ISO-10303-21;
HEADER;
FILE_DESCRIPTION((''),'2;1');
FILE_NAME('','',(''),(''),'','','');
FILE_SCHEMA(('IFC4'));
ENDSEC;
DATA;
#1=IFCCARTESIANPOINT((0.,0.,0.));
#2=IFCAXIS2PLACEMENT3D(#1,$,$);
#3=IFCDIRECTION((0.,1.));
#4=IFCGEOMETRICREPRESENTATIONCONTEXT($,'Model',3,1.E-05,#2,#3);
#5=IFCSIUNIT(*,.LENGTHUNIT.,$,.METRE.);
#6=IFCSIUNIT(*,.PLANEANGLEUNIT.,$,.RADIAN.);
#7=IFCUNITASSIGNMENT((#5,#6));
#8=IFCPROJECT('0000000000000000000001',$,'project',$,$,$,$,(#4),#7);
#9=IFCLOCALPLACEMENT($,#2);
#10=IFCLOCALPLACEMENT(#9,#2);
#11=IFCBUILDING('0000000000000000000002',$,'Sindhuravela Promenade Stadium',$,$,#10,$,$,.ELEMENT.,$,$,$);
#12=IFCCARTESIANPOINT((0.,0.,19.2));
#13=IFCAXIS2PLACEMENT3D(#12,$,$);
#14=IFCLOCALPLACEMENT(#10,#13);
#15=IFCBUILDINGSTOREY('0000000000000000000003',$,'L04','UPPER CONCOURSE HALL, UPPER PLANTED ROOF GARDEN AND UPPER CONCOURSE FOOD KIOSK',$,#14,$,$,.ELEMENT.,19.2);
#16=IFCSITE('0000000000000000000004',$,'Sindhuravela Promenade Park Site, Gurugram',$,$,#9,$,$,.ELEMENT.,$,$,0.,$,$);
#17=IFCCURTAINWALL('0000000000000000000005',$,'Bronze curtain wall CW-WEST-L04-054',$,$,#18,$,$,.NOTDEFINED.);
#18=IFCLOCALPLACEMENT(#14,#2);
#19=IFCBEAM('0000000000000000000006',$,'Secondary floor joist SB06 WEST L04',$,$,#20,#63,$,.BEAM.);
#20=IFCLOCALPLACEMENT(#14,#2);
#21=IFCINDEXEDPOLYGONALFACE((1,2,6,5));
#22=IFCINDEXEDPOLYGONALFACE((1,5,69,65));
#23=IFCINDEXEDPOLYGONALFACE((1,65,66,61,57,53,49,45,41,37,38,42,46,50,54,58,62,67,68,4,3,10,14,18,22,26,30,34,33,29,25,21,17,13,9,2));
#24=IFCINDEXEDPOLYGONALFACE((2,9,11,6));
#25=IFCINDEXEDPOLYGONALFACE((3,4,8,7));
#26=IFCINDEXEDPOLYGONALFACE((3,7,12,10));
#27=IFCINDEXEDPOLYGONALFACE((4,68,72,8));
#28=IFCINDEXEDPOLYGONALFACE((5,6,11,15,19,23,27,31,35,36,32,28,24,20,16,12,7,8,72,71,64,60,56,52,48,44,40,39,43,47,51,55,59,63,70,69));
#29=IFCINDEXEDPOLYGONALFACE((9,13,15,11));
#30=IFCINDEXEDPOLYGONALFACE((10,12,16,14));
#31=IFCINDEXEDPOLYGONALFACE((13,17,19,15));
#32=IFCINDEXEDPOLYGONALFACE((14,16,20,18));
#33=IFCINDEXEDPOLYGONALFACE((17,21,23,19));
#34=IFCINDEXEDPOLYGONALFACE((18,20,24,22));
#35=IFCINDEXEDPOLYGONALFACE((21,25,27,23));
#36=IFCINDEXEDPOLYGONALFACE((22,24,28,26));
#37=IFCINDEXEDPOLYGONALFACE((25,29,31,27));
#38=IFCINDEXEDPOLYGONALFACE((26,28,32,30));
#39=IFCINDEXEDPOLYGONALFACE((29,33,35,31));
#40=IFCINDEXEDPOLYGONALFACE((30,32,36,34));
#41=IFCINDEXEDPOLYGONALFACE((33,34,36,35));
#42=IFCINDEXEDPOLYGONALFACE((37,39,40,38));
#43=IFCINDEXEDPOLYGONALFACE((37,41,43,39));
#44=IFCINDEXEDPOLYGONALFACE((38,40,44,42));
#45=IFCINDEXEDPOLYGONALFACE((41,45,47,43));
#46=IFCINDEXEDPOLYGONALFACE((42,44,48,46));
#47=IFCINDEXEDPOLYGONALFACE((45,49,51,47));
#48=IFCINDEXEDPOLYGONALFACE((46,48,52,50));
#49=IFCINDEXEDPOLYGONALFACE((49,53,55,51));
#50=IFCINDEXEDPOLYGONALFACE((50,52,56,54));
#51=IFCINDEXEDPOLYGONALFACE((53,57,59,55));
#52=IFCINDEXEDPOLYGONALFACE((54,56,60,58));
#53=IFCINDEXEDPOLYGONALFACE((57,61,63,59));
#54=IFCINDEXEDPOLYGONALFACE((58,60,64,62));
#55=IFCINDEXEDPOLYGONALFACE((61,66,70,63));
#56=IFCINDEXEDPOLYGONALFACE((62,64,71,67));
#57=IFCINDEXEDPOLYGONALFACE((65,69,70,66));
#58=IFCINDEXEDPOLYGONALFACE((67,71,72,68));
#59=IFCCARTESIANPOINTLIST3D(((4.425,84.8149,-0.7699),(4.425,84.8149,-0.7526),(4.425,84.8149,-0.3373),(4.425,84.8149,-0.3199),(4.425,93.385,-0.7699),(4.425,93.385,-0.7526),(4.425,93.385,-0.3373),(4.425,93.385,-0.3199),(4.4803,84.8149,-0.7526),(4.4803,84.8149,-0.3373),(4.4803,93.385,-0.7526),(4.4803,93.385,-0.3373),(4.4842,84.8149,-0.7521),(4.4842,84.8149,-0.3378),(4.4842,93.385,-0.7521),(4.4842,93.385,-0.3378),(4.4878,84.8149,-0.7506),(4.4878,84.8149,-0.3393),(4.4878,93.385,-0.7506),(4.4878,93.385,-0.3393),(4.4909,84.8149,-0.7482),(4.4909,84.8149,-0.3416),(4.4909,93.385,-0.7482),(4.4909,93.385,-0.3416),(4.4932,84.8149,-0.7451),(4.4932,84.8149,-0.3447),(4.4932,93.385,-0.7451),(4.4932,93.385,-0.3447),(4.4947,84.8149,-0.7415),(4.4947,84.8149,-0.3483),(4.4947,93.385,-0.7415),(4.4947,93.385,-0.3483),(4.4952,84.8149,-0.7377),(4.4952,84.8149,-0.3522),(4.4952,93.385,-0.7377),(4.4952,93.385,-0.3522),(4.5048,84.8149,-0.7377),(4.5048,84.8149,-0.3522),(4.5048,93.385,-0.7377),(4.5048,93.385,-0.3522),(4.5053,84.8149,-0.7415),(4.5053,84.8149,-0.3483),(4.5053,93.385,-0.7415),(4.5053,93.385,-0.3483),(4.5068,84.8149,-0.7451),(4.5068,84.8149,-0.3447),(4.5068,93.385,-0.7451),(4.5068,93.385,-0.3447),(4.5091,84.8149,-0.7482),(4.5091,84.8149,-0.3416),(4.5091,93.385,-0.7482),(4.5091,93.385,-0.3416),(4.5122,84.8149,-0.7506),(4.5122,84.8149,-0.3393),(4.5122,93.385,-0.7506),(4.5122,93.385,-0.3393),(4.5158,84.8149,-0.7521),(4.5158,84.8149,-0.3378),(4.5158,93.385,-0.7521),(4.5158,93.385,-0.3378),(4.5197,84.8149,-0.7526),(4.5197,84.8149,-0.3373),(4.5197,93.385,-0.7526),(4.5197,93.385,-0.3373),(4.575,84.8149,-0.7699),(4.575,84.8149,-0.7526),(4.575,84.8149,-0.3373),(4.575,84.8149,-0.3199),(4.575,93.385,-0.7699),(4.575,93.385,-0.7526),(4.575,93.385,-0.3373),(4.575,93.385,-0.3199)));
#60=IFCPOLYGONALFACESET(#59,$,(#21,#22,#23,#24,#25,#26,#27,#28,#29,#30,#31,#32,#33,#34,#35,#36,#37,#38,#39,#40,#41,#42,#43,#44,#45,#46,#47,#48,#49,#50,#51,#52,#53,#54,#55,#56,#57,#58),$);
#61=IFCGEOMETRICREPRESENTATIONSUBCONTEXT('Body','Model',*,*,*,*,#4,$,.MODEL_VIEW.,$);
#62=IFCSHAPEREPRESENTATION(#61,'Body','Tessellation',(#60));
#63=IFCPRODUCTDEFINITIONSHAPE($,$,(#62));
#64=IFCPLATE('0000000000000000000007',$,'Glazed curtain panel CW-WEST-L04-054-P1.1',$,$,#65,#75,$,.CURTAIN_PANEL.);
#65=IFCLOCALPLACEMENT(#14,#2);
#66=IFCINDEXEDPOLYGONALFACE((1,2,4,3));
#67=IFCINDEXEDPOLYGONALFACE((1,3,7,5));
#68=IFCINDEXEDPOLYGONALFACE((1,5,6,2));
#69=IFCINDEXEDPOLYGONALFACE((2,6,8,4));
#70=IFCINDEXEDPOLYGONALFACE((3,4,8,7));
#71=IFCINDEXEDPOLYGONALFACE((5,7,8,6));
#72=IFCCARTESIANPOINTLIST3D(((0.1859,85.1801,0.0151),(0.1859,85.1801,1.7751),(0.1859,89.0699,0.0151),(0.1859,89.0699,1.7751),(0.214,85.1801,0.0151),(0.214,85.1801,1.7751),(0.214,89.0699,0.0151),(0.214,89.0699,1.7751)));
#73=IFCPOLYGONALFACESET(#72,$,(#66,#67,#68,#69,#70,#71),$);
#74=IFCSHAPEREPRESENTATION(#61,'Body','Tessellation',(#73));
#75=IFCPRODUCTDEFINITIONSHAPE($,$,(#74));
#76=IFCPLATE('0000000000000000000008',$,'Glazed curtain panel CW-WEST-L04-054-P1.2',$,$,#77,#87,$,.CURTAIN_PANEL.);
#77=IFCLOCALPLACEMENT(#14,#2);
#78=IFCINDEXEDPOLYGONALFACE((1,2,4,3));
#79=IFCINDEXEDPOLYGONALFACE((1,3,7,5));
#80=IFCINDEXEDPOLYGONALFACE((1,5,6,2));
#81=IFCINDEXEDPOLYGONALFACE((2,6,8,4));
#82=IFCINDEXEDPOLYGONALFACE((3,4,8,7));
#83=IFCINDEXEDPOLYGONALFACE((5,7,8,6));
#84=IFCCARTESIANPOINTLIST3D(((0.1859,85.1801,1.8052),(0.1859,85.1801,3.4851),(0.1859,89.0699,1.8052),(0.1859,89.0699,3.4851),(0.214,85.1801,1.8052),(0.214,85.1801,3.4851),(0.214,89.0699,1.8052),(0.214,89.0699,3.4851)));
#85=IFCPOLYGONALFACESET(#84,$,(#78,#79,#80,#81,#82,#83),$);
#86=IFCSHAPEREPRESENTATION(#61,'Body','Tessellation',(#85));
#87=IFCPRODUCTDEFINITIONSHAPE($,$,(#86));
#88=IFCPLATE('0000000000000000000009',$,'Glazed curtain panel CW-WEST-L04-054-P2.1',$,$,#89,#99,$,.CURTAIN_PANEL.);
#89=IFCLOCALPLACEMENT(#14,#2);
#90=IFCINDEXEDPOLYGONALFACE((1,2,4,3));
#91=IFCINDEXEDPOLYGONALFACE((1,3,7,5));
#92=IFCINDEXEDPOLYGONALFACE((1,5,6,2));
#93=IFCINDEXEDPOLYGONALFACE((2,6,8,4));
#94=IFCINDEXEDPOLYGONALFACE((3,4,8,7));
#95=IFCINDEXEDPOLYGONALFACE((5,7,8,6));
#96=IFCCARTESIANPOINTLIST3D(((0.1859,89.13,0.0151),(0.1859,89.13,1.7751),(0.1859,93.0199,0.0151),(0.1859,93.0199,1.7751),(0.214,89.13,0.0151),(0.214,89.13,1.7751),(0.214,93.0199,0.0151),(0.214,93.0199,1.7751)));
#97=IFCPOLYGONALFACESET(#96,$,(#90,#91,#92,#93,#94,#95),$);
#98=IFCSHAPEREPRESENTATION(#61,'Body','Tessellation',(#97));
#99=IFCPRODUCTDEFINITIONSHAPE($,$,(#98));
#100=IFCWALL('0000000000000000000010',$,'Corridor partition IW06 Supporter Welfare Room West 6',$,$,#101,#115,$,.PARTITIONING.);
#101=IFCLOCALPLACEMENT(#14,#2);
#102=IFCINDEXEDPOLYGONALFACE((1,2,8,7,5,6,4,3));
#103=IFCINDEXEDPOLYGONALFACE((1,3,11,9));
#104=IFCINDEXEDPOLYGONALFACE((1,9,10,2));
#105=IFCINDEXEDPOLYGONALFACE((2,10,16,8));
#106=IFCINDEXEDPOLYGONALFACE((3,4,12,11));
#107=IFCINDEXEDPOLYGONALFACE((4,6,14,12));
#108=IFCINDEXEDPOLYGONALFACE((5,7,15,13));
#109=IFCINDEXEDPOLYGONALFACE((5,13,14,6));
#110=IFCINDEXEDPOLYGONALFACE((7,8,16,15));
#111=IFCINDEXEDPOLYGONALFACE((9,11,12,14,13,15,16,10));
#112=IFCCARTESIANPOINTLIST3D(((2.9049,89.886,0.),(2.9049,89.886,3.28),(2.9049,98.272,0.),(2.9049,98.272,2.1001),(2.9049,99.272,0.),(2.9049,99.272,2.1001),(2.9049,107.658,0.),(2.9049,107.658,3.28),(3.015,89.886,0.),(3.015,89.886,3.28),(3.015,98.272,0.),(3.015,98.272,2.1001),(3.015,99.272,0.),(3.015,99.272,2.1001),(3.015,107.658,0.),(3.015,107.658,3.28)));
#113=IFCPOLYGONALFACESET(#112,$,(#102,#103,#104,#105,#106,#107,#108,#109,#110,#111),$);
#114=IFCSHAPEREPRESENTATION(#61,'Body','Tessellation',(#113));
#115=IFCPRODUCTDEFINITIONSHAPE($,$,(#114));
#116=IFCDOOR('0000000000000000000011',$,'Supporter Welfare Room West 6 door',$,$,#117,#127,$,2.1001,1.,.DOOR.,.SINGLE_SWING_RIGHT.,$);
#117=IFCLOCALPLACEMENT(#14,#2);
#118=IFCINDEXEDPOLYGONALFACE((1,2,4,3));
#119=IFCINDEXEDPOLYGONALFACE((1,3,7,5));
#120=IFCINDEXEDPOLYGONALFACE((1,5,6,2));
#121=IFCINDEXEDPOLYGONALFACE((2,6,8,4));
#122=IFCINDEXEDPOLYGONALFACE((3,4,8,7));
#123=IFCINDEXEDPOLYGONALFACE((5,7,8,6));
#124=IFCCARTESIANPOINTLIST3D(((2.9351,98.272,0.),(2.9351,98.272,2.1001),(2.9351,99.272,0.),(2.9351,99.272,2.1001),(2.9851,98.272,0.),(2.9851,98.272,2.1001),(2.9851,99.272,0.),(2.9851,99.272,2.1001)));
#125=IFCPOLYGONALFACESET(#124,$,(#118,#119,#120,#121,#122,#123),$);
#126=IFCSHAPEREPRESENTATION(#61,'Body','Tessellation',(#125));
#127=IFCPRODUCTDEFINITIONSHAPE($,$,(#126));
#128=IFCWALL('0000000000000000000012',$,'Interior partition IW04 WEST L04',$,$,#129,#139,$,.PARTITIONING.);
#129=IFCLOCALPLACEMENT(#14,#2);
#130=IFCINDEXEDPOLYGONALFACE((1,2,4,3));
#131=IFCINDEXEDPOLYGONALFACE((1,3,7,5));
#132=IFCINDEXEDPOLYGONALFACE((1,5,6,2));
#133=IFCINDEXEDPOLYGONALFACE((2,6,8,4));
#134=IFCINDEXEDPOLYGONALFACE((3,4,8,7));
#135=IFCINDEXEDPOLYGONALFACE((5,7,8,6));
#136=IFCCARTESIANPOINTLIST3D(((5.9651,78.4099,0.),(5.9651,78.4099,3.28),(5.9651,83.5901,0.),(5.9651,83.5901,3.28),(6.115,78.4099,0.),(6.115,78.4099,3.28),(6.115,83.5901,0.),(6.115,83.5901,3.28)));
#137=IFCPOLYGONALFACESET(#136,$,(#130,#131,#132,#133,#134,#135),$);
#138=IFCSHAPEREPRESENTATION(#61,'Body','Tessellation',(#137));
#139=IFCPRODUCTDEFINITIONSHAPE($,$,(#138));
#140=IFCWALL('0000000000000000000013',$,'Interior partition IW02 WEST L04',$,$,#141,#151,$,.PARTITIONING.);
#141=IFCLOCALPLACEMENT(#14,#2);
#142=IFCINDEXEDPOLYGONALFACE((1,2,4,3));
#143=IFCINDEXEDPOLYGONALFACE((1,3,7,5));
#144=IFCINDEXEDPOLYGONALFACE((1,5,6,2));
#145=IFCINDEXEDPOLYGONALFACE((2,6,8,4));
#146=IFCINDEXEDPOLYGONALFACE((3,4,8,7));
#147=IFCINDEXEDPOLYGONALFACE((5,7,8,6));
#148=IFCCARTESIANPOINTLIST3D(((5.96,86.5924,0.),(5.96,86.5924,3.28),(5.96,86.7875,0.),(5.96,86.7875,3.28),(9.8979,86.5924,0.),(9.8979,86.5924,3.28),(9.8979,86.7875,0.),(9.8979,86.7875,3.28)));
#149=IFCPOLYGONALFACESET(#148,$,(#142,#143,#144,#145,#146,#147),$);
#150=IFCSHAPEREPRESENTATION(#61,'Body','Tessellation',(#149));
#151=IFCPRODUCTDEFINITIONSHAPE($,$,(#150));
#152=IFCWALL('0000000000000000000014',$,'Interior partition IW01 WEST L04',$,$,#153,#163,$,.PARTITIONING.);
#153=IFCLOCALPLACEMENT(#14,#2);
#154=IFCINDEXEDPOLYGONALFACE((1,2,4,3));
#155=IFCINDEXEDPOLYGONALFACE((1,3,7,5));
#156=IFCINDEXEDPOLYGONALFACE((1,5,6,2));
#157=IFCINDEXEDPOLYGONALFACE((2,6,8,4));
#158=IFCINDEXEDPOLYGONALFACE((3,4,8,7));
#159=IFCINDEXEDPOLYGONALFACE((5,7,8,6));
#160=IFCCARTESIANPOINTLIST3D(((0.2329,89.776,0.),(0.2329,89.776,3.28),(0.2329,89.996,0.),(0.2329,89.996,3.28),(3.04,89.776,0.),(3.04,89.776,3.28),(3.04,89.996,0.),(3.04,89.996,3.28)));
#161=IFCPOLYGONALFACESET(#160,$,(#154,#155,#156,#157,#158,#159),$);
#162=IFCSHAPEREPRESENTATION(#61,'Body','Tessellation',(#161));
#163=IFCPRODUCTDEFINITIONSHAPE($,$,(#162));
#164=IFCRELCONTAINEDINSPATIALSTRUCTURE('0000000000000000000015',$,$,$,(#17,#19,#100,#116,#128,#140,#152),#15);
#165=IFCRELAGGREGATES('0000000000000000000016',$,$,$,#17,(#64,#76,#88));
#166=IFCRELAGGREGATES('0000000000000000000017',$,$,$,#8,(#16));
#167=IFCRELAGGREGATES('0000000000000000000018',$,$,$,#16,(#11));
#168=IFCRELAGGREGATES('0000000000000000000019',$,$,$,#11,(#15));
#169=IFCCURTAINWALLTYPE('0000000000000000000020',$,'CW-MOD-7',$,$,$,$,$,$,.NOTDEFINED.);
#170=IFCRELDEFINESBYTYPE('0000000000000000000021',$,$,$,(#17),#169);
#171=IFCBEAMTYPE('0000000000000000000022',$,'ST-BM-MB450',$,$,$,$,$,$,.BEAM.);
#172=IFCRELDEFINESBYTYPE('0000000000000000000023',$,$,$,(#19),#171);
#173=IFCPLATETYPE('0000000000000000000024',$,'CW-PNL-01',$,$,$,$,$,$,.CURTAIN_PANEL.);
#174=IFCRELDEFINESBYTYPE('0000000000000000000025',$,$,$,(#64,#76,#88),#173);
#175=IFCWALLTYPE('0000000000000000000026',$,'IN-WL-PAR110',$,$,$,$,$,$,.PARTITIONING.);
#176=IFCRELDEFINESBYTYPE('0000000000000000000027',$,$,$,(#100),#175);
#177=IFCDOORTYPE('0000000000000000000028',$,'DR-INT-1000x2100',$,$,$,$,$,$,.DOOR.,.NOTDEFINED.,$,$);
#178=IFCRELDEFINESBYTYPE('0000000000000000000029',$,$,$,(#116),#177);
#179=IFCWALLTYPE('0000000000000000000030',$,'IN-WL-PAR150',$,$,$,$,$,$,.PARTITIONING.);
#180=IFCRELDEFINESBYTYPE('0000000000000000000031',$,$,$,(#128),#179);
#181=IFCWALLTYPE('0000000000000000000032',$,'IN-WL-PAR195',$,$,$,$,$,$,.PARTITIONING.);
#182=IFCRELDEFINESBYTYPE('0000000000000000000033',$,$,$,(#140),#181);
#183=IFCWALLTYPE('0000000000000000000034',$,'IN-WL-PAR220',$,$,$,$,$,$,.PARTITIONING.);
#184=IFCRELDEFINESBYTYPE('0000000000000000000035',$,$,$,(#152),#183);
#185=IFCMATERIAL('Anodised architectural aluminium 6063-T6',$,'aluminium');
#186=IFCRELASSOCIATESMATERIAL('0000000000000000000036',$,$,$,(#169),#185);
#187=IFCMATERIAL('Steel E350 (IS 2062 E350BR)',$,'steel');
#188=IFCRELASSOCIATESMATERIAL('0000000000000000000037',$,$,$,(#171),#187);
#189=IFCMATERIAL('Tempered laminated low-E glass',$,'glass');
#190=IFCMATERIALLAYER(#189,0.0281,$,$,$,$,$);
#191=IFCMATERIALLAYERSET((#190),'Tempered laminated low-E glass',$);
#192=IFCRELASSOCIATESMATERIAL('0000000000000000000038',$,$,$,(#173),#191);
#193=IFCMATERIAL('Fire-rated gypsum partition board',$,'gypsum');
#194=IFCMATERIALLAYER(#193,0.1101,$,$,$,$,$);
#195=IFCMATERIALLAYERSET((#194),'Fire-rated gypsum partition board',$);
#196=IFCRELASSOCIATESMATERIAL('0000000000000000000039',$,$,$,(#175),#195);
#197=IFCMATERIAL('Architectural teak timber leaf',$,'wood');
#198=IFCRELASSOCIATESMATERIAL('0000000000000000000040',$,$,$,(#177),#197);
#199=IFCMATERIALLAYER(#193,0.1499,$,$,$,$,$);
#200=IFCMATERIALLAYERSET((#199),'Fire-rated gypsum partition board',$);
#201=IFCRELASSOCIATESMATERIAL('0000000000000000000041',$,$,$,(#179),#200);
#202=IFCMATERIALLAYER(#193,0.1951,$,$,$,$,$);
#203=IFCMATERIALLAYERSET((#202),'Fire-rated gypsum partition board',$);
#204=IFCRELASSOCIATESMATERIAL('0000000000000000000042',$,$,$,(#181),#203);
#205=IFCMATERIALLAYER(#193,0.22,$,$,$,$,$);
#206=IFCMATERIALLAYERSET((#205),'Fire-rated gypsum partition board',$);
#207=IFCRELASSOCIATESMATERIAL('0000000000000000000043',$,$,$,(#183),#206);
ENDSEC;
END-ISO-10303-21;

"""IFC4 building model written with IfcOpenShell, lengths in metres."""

from ifc_helpers import new_model, si_unit, direction, frame, frame_2d, origin, origin_2d, place, context, subcontext, project, spatial, rectangle, i_section, extrude, material, layer, layer_set, material_profile, profile_set, type_object, element, fill, aggregate, save


model = new_model("IFC4")

# Units and contexts
model_context = context("Model", 3, precision=1e-05, world=origin(), true_north=direction((0.0, 1.0)))
body_context = subcontext(model_context, "Body", "Model", "MODEL_VIEW")
ifc_project = project(units=[si_unit("LENGTHUNIT", "METRE"), si_unit("PLANEANGLEUNIT", "RADIAN")], contexts=[model_context])

# Site, building, storey
site_placement = place(None, origin())
site = spatial("IfcSite", under=ifc_project, at=site_placement, Name="Sindhuravela Promenade Park Site, Gurugram", CompositionType="ELEMENT", RefElevation=0.0)
building_placement = place(site_placement, origin())
building = spatial("IfcBuilding", under=site, at=building_placement, Name="Sindhuravela Promenade Stadium", CompositionType="ELEMENT")
storey_placement = place(building_placement, frame((0.0, 0.0, 19.2)))
storey = spatial("IfcBuildingStorey", under=building, at=storey_placement, Name="L04", Description="UPPER CONCOURSE HALL, UPPER PLANTED ROOF GARDEN AND UPPER CONCOURSE FOOD KIOSK", CompositionType="ELEMENT", Elevation=19.2)

# Curtain wall
ifc_material_1 = material(Name="Anodised architectural aluminium 6063-T6", Category="aluminium")
curtain_wall_type = type_object("IfcCurtainWallType", Name="CW-MOD-7", PredefinedType="NOTDEFINED", material=ifc_material_1)
curtain_wall_placement = place(storey_placement, origin())
curtain_wall = element("IfcCurtainWall", 1, at=curtain_wall_placement, inside=storey, type_object=curtain_wall_type, Name="Bronze curtain wall CW-WEST-L04-054", PredefinedType="NOTDEFINED")

# Beam
ifc_material_2 = material(Name="Steel E350 (IS 2062 E350BR)", Category="steel")
ifc_material_profile_1 = material_profile(ifc_material_2, i_section(OverallWidth=0.1499, OverallDepth=0.45, WebThickness=0.0095, FlangeThickness=0.0173, FilletRadius=0.0149, at=origin_2d()), Name="ISMB 450")
ifc_profile_set_1 = profile_set([ifc_material_profile_1], Name="Steel E350 (IS 2062 E350BR)")
beam_type_1 = type_object("IfcBeamType", Name="ST-BM-MB450", PredefinedType="BEAM", material=ifc_profile_set_1)
beam_1_placement = place(storey_placement, frame((4.5, 84.8149, -0.5449), z_axis=(0.0, 1.0, 0.0), x_axis=(-1.0, 0.0, 0.0)))
element("IfcBeam", 2, at=beam_1_placement, inside=storey, type_object=beam_type_1, Name="Secondary floor joist SB06 WEST L04", PredefinedType="BEAM", context=body_context, shape_type="SweptSolid", body=[
    extrude(i_section(OverallWidth=0.1499, OverallDepth=0.45, WebThickness=0.0095, FlangeThickness=0.0173, FilletRadius=0.0149, at=origin_2d()), origin(), (0.0, 0.0, 1.0), 8.5701),
])

# Plates
ifc_material_3 = material(Name="Tempered laminated low-E glass", Category="glass")
ifc_layer_1 = layer(ifc_material_3, 0.0281)
ifc_layer_set_1 = layer_set([ifc_layer_1], Name="Tempered laminated low-E glass")
plate_type = type_object("IfcPlateType", Name="CW-PNL-01", PredefinedType="CURTAIN_PANEL", material=ifc_layer_set_1)
plate_1_placement = place(storey_placement, frame((0.2, 87.125, 0.0151), z_axis=(0.0, 0.0, 1.0), x_axis=(0.0, 1.0, 0.0)))
plate_1 = element("IfcPlate", 3, at=plate_1_placement, type_object=plate_type, Name="Glazed curtain panel CW-WEST-L04-054-P1.1", PredefinedType="CURTAIN_PANEL", context=body_context, shape_type="SweptSolid", body=[
    extrude(rectangle(XDim=3.8899, YDim=0.0281, at=origin_2d()), origin(), (0.0, 0.0, 1.0), 1.76),
])
plate_2_placement = place(storey_placement, frame((0.2, 87.125, 1.8052), z_axis=(0.0, 0.0, 1.0), x_axis=(0.0, 1.0, 0.0)))
plate_2 = element("IfcPlate", 4, at=plate_2_placement, type_object=plate_type, Name="Glazed curtain panel CW-WEST-L04-054-P1.2", PredefinedType="CURTAIN_PANEL", context=body_context, shape_type="SweptSolid", body=[
    extrude(rectangle(XDim=3.8899, YDim=0.0281, at=origin_2d()), origin(), (0.0, 0.0, 1.0), 1.6799),
])
plate_3_placement = place(storey_placement, frame((0.2, 91.075, 0.0151), z_axis=(0.0, 0.0, 1.0), x_axis=(0.0, 1.0, 0.0)))
plate_3 = element("IfcPlate", 5, at=plate_3_placement, type_object=plate_type, Name="Glazed curtain panel CW-WEST-L04-054-P2.1", PredefinedType="CURTAIN_PANEL", context=body_context, shape_type="SweptSolid", body=[
    extrude(rectangle(XDim=3.8899, YDim=0.0281, at=origin_2d()), origin(), (0.0, 0.0, 1.0), 1.76),
])
aggregate(curtain_wall, [plate_1, plate_2, plate_3])

# Wall, opening, door
ifc_material_4 = material(Name="Fire-rated gypsum partition board", Category="gypsum")
ifc_layer_2 = layer(ifc_material_4, 0.1101)
ifc_layer_set_2 = layer_set([ifc_layer_2], Name="Fire-rated gypsum partition board")
wall_type_1 = type_object("IfcWallType", Name="IN-WL-PAR110", PredefinedType="PARTITIONING", material=ifc_layer_set_2)
wall_1_placement = place(storey_placement, frame((2.96, 89.886, 0.0), z_axis=(0.0, 0.0, 1.0), x_axis=(0.0, 1.0, 0.0)))
wall_1 = element("IfcWall", 6, at=wall_1_placement, inside=storey, type_object=wall_type_1, Name="Corridor partition IW06 Supporter Welfare Room West 6", PredefinedType="PARTITIONING", context=body_context, shape_type="SweptSolid", body=[
    extrude(rectangle(XDim=17.772, YDim=0.1101, at=frame_2d((8.886, 0.0))), origin(), (0.0, 0.0, 1.0), 3.28),
])
opening_1_placement = place(wall_1_placement, frame((8.386, 0.0, 0.0)))
opening_1 = element("IfcOpeningElement", 7, at=opening_1_placement, cuts=wall_1, PredefinedType="OPENING", context=body_context, shape_type="SweptSolid", body=[
    extrude(rectangle(XDim=1.0, YDim=2.1001, at=frame_2d((0.5, 1.05))), frame((0.0, 0.0649, 0.0), z_axis=(0.0, -1.0, 0.0), x_axis=(1.0, 0.0, 0.0)), (0.0, 0.0, 1.0), 0.1301),
])
ifc_material_5 = material(Name="Architectural teak timber leaf", Category="wood")
door_type_1 = type_object("IfcDoorType", Name="DR-INT-1000x2100", OperationType="NOTDEFINED", PredefinedType="DOOR", material=ifc_material_5)
door_1_placement = place(opening_1_placement, origin())
door_1 = element("IfcDoor", 8, at=door_1_placement, inside=storey, type_object=door_type_1, Name="Supporter Welfare Room West 6 door", OperationType="SINGLE_SWING_RIGHT", OverallHeight=2.1001, OverallWidth=1.0, PredefinedType="DOOR", context=body_context, shape_type="SweptSolid", body=[
    extrude(rectangle(XDim=1.0, YDim=2.1001, at=frame_2d((0.5, 1.05))), frame((0.0, 0.0249, 0.0), z_axis=(0.0, -1.0, 0.0), x_axis=(1.0, 0.0, 0.0)), (0.0, 0.0, 1.0), 0.05),
])
fill(opening_1, door_1)

# Walls
ifc_layer_3 = layer(ifc_material_4, 0.1499)
ifc_layer_set_3 = layer_set([ifc_layer_3], Name="Fire-rated gypsum partition board")
wall_type_2 = type_object("IfcWallType", Name="IN-WL-PAR150", PredefinedType="PARTITIONING", material=ifc_layer_set_3)
wall_2_placement = place(storey_placement, frame((6.04, 78.4099, 0.0), z_axis=(0.0, 0.0, 1.0), x_axis=(0.0, 1.0, 0.0)))
element("IfcWall", 9, at=wall_2_placement, inside=storey, type_object=wall_type_2, Name="Interior partition IW04 WEST L04", PredefinedType="PARTITIONING", context=body_context, shape_type="SweptSolid", body=[
    extrude(rectangle(XDim=5.1802, YDim=0.1499, at=frame_2d((2.5901, 0.0))), origin(), (0.0, 0.0, 1.0), 3.28),
])
ifc_layer_4 = layer(ifc_material_4, 0.1951)
ifc_layer_set_4 = layer_set([ifc_layer_4], Name="Fire-rated gypsum partition board")
wall_type_3 = type_object("IfcWallType", Name="IN-WL-PAR195", PredefinedType="PARTITIONING", material=ifc_layer_set_4)
wall_3_placement = place(storey_placement, frame((9.8979, 86.6899, 0.0), z_axis=(0.0, 0.0, 1.0), x_axis=(-1.0, 0.0, 0.0)))
element("IfcWall", 10, at=wall_3_placement, inside=storey, type_object=wall_type_3, Name="Interior partition IW02 WEST L04", PredefinedType="PARTITIONING", context=body_context, shape_type="SweptSolid", body=[
    extrude(rectangle(XDim=3.938, YDim=0.1951, at=frame_2d((1.969, 0.0))), origin(), (0.0, 0.0, 1.0), 3.28),
])
ifc_layer_5 = layer(ifc_material_4, 0.22)
ifc_layer_set_5 = layer_set([ifc_layer_5], Name="Fire-rated gypsum partition board")
wall_type_4 = type_object("IfcWallType", Name="IN-WL-PAR220", PredefinedType="PARTITIONING", material=ifc_layer_set_5)
wall_4_placement = place(storey_placement, frame((3.04, 89.886, 0.0), z_axis=(0.0, 0.0, 1.0), x_axis=(-1.0, 0.0, 0.0)))
element("IfcWall", 11, at=wall_4_placement, inside=storey, type_object=wall_type_4, Name="Interior partition IW01 WEST L04", PredefinedType="PARTITIONING", context=body_context, shape_type="SweptSolid", body=[
    extrude(rectangle(XDim=2.8071, YDim=0.22, at=frame_2d((1.4036, 0.0))), origin(), (0.0, 0.0, 1.0), 3.28),
])

save(model, "model.ifc")
